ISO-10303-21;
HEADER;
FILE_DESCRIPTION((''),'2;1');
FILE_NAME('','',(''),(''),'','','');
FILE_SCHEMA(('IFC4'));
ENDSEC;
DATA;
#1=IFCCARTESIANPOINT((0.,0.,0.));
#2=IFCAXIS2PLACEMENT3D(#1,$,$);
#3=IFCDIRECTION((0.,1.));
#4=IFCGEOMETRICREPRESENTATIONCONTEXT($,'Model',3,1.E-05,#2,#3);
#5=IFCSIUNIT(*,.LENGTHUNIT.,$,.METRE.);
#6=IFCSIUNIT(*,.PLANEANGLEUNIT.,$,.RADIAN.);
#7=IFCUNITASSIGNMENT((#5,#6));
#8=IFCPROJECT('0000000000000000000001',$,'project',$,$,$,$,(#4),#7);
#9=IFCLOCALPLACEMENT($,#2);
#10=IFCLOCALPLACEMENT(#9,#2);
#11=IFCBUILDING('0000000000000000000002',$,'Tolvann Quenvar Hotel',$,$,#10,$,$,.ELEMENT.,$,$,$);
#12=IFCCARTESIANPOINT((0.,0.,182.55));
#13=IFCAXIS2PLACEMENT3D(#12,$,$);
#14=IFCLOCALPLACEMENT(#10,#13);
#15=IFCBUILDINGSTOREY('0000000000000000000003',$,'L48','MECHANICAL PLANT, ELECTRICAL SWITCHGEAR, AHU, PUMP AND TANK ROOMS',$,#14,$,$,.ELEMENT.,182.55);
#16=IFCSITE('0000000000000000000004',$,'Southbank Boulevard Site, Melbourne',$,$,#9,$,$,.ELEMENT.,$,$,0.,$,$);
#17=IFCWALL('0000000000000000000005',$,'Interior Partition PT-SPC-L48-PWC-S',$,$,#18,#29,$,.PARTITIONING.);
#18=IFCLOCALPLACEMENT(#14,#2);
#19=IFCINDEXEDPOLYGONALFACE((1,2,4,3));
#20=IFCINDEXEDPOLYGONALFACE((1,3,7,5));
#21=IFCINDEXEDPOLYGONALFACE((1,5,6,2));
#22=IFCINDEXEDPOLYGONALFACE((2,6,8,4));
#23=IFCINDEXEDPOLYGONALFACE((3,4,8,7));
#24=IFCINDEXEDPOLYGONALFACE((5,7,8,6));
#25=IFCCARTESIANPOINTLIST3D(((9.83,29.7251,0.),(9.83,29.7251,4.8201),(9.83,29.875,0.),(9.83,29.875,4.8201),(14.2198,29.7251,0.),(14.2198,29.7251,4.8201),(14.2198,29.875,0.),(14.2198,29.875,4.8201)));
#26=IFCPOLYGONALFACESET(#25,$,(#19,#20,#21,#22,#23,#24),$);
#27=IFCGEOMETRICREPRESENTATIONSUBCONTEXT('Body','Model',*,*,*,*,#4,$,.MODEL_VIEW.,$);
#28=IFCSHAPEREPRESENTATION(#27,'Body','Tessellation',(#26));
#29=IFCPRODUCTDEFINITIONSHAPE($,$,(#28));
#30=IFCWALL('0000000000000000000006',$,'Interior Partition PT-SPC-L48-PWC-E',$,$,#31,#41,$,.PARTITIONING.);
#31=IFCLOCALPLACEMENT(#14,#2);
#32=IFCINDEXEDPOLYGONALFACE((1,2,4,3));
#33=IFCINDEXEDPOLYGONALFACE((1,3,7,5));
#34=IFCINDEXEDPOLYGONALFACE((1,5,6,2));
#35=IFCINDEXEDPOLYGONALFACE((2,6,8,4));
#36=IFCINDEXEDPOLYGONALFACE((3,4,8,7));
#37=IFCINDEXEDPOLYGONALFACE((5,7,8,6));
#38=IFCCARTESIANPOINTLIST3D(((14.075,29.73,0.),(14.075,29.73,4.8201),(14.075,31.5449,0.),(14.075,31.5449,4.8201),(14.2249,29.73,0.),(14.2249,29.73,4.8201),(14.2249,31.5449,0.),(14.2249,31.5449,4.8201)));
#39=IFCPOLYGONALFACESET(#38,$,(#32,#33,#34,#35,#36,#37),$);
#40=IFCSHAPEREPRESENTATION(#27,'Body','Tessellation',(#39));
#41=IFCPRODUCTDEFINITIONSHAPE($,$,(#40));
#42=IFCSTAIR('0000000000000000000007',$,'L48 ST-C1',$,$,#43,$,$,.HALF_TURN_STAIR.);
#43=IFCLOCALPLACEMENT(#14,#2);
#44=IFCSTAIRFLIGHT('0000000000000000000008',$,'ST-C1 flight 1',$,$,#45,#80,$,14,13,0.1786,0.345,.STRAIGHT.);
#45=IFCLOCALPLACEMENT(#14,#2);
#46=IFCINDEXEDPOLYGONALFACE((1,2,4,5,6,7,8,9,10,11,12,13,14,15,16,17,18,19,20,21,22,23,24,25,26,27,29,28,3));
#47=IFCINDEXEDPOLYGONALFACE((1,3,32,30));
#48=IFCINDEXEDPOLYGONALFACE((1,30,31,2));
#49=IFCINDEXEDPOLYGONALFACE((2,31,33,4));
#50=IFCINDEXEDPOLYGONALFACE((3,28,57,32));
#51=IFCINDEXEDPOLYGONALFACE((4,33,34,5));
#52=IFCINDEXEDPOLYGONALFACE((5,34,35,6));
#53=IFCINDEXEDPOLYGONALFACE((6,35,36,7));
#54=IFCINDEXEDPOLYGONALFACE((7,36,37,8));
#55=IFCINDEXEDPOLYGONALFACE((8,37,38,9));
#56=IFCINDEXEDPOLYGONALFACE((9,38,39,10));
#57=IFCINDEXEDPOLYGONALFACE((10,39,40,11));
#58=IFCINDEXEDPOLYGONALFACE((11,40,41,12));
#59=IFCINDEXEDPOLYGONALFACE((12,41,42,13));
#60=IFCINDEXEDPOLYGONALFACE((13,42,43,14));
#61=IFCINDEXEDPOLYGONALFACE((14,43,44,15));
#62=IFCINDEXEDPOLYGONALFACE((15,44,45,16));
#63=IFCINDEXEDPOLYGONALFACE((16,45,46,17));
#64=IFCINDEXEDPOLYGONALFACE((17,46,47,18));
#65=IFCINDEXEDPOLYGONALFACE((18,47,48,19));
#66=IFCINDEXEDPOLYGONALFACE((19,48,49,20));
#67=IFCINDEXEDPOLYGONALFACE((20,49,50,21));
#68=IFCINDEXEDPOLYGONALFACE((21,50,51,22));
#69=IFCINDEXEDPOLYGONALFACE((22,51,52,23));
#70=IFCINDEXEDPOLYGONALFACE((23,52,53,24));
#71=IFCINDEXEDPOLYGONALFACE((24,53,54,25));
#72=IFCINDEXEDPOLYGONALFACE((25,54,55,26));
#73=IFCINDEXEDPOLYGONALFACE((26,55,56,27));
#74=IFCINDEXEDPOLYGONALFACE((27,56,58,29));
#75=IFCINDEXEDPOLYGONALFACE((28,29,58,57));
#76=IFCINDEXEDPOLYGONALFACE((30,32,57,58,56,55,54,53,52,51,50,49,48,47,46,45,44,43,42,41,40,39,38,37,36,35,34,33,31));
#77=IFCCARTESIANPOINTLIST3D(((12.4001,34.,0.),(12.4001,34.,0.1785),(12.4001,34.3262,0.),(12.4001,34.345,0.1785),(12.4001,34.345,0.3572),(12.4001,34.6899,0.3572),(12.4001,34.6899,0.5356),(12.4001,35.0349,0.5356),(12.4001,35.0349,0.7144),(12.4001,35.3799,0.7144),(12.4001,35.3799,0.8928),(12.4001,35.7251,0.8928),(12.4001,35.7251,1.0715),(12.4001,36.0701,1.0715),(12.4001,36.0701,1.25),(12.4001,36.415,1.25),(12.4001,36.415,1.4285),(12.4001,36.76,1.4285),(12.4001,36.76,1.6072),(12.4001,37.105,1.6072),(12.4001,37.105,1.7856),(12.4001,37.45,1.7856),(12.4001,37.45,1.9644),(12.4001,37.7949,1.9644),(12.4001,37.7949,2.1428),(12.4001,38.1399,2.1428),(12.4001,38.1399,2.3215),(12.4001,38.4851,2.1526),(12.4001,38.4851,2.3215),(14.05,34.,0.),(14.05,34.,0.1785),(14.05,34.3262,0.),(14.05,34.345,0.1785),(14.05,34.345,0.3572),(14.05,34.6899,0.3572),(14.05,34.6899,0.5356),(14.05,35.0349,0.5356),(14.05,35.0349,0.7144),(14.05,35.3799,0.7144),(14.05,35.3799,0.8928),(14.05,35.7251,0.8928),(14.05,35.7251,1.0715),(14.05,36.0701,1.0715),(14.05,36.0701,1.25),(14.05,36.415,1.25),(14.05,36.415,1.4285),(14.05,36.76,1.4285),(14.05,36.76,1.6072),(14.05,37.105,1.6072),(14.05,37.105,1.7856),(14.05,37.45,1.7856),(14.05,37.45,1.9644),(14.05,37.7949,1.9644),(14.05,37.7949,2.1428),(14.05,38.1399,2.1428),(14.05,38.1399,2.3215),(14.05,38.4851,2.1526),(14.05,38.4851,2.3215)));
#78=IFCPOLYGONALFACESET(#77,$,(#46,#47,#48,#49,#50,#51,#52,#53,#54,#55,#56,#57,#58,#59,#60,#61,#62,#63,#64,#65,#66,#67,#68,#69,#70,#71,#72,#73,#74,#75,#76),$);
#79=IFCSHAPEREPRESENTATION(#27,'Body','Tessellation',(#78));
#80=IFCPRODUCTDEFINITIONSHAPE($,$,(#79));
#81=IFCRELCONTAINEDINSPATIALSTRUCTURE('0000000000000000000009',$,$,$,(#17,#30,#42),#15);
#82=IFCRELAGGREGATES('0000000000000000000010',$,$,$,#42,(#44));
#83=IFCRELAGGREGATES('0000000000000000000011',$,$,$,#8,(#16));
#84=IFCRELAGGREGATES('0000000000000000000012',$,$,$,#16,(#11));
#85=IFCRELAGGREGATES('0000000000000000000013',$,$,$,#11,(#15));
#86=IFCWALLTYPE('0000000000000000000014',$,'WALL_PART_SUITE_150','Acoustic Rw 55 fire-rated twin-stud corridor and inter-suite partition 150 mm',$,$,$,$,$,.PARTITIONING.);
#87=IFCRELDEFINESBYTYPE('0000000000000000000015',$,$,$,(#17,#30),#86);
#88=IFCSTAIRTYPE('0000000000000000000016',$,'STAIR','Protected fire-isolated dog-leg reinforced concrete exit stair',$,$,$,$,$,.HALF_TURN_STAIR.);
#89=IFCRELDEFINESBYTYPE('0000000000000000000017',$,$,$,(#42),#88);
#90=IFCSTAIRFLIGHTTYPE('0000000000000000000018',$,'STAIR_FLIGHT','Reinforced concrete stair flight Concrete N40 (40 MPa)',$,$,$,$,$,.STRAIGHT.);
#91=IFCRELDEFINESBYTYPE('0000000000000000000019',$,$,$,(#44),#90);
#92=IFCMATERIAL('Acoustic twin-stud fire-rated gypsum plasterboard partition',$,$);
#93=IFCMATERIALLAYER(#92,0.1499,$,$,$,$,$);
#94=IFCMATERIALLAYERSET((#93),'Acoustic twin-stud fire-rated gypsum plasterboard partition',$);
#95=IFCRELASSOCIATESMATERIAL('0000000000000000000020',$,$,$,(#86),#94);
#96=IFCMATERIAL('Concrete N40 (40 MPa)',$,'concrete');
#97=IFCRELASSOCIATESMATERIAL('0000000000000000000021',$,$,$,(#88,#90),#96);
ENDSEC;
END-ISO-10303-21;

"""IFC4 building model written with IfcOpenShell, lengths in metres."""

from ifc_helpers import new_model, si_unit, direction, frame, frame_2d, origin, place, context, subcontext, project, spatial, polyline, rectangle, outline, extrude, material, layer, layer_set, type_object, element, aggregate, save


model = new_model("IFC4")

# Units and contexts
model_context = context("Model", 3, precision=1e-05, world=origin(), true_north=direction((0.0, 1.0)))
body_context = subcontext(model_context, "Body", "Model", "MODEL_VIEW")
ifc_project = project(units=[si_unit("LENGTHUNIT", "METRE"), si_unit("PLANEANGLEUNIT", "RADIAN")], contexts=[model_context])

# Site, building, storey
site_placement = place(None, origin())
site = spatial("IfcSite", under=ifc_project, at=site_placement, Name="Southbank Boulevard Site, Melbourne", CompositionType="ELEMENT", RefElevation=0.0)
building_placement = place(site_placement, origin())
building = spatial("IfcBuilding", under=site, at=building_placement, Name="Tolvann Quenvar Hotel", CompositionType="ELEMENT")
storey_placement = place(building_placement, frame((0.0, 0.0, 182.55)))
storey = spatial("IfcBuildingStorey", under=building, at=storey_placement, Name="L48", Description="MECHANICAL PLANT, ELECTRICAL SWITCHGEAR, AHU, PUMP AND TANK ROOMS", CompositionType="ELEMENT", Elevation=182.55)

# Shared definitions
ifc_material_1 = material(Name="Acoustic twin-stud fire-rated gypsum plasterboard partition")
ifc_layer_1 = layer(ifc_material_1, 0.1499)
ifc_layer_set_1 = layer_set([ifc_layer_1], Name="Acoustic twin-stud fire-rated gypsum plasterboard partition")
wall_type_1 = type_object("IfcWallType", Name="WALL_PART_SUITE_150", Description="Acoustic Rw 55 fire-rated twin-stud corridor and inter-suite partition 150 mm", PredefinedType="PARTITIONING", material=ifc_layer_set_1)

# Walls
wall_1_placement = place(storey_placement, frame((9.8301, 29.8, 0.0), z_axis=(0.0, 0.0, 1.0), x_axis=(1.0, 0.0, 0.0)))
element("IfcWall", 1, at=wall_1_placement, inside=storey, type_object=wall_type_1, Name="Interior Partition PT-SPC-L48-PWC-S", PredefinedType="PARTITIONING", context=body_context, shape_type="SweptSolid", body=[
    extrude(rectangle(XDim=4.3899, YDim=0.1499, at=frame_2d((2.1948, 0.0))), origin(), (0.0, 0.0, 1.0), 4.8201),
])
wall_2_placement = place(storey_placement, frame((14.1499, 29.73, 0.0), z_axis=(0.0, 0.0, 1.0), x_axis=(0.0, 1.0, 0.0)))
element("IfcWall", 2, at=wall_2_placement, inside=storey, type_object=wall_type_1, Name="Interior Partition PT-SPC-L48-PWC-E", PredefinedType="PARTITIONING", context=body_context, shape_type="SweptSolid", body=[
    extrude(rectangle(XDim=1.8149, YDim=0.1499, at=frame_2d((0.9075, 0.0))), origin(), (0.0, 0.0, 1.0), 4.8201),
])

# Stair, stair flight
ifc_material_2 = material(Name="Concrete N40 (40 MPa)", Category="concrete")
stair_type = type_object("IfcStairType", Name="STAIR", Description="Protected fire-isolated dog-leg reinforced concrete exit stair", PredefinedType="HALF_TURN_STAIR", material=ifc_material_2)
stair_placement = place(storey_placement, origin())
stair = element("IfcStair", 3, at=stair_placement, inside=storey, type_object=stair_type, Name="L48 ST-C1", PredefinedType="HALF_TURN_STAIR")
stair_flight_type = type_object("IfcStairFlightType", Name="STAIR_FLIGHT", Description="Reinforced concrete stair flight Concrete N40 (40 MPa)", PredefinedType="STRAIGHT", material=ifc_material_2)
stair_flight_placement = place(storey_placement, frame((13.2251, 34.0, 0.0), z_axis=(0.0, 0.0, 1.0), x_axis=(0.0, 1.0, 0.0)))
stair_flight = element("IfcStairFlight", 4, at=stair_flight_placement, type_object=stair_flight_type, Name="ST-C1 flight 1", NumberOfRisers=14, NumberOfTreads=13, PredefinedType="STRAIGHT", RiserHeight=0.1786, TreadLength=0.345, context=body_context, shape_type="SweptSolid", body=[
    extrude(outline(polyline([(0.0, 0.0), (0.0, 0.1785), (0.345, 0.1785), (0.345, 0.3572), (0.6899, 0.3572), (0.6899, 0.5356), (1.0349, 0.5356), (1.0349, 0.7144), (1.3799, 0.7144), (1.3799, 0.8928), (1.7251, 0.8928), (1.7251, 1.0715), (2.0701, 1.0715), (2.0701, 1.25), (2.415, 1.25), (2.415, 1.4285), (2.76, 1.4285), (2.76, 1.6072), (3.105, 1.6072), (3.105, 1.7856), (3.45, 1.7856), (3.45, 1.9644), (3.7949, 1.9644), (3.7949, 2.1428), (4.1399, 2.1428), (4.1399, 2.3215), (4.4851, 2.3215), (4.4851, 2.5), (4.4851, 2.1526), (0.3262, 0.0), (0.0, 0.0)])), frame((0.0, 0.825, 0.0), z_axis=(0.0, -1.0, 0.0), x_axis=(1.0, 0.0, 0.0)), (0.0, 0.0, 1.0), 1.6499),
])
aggregate(stair, [stair_flight])

save(model, "model.ifc")
